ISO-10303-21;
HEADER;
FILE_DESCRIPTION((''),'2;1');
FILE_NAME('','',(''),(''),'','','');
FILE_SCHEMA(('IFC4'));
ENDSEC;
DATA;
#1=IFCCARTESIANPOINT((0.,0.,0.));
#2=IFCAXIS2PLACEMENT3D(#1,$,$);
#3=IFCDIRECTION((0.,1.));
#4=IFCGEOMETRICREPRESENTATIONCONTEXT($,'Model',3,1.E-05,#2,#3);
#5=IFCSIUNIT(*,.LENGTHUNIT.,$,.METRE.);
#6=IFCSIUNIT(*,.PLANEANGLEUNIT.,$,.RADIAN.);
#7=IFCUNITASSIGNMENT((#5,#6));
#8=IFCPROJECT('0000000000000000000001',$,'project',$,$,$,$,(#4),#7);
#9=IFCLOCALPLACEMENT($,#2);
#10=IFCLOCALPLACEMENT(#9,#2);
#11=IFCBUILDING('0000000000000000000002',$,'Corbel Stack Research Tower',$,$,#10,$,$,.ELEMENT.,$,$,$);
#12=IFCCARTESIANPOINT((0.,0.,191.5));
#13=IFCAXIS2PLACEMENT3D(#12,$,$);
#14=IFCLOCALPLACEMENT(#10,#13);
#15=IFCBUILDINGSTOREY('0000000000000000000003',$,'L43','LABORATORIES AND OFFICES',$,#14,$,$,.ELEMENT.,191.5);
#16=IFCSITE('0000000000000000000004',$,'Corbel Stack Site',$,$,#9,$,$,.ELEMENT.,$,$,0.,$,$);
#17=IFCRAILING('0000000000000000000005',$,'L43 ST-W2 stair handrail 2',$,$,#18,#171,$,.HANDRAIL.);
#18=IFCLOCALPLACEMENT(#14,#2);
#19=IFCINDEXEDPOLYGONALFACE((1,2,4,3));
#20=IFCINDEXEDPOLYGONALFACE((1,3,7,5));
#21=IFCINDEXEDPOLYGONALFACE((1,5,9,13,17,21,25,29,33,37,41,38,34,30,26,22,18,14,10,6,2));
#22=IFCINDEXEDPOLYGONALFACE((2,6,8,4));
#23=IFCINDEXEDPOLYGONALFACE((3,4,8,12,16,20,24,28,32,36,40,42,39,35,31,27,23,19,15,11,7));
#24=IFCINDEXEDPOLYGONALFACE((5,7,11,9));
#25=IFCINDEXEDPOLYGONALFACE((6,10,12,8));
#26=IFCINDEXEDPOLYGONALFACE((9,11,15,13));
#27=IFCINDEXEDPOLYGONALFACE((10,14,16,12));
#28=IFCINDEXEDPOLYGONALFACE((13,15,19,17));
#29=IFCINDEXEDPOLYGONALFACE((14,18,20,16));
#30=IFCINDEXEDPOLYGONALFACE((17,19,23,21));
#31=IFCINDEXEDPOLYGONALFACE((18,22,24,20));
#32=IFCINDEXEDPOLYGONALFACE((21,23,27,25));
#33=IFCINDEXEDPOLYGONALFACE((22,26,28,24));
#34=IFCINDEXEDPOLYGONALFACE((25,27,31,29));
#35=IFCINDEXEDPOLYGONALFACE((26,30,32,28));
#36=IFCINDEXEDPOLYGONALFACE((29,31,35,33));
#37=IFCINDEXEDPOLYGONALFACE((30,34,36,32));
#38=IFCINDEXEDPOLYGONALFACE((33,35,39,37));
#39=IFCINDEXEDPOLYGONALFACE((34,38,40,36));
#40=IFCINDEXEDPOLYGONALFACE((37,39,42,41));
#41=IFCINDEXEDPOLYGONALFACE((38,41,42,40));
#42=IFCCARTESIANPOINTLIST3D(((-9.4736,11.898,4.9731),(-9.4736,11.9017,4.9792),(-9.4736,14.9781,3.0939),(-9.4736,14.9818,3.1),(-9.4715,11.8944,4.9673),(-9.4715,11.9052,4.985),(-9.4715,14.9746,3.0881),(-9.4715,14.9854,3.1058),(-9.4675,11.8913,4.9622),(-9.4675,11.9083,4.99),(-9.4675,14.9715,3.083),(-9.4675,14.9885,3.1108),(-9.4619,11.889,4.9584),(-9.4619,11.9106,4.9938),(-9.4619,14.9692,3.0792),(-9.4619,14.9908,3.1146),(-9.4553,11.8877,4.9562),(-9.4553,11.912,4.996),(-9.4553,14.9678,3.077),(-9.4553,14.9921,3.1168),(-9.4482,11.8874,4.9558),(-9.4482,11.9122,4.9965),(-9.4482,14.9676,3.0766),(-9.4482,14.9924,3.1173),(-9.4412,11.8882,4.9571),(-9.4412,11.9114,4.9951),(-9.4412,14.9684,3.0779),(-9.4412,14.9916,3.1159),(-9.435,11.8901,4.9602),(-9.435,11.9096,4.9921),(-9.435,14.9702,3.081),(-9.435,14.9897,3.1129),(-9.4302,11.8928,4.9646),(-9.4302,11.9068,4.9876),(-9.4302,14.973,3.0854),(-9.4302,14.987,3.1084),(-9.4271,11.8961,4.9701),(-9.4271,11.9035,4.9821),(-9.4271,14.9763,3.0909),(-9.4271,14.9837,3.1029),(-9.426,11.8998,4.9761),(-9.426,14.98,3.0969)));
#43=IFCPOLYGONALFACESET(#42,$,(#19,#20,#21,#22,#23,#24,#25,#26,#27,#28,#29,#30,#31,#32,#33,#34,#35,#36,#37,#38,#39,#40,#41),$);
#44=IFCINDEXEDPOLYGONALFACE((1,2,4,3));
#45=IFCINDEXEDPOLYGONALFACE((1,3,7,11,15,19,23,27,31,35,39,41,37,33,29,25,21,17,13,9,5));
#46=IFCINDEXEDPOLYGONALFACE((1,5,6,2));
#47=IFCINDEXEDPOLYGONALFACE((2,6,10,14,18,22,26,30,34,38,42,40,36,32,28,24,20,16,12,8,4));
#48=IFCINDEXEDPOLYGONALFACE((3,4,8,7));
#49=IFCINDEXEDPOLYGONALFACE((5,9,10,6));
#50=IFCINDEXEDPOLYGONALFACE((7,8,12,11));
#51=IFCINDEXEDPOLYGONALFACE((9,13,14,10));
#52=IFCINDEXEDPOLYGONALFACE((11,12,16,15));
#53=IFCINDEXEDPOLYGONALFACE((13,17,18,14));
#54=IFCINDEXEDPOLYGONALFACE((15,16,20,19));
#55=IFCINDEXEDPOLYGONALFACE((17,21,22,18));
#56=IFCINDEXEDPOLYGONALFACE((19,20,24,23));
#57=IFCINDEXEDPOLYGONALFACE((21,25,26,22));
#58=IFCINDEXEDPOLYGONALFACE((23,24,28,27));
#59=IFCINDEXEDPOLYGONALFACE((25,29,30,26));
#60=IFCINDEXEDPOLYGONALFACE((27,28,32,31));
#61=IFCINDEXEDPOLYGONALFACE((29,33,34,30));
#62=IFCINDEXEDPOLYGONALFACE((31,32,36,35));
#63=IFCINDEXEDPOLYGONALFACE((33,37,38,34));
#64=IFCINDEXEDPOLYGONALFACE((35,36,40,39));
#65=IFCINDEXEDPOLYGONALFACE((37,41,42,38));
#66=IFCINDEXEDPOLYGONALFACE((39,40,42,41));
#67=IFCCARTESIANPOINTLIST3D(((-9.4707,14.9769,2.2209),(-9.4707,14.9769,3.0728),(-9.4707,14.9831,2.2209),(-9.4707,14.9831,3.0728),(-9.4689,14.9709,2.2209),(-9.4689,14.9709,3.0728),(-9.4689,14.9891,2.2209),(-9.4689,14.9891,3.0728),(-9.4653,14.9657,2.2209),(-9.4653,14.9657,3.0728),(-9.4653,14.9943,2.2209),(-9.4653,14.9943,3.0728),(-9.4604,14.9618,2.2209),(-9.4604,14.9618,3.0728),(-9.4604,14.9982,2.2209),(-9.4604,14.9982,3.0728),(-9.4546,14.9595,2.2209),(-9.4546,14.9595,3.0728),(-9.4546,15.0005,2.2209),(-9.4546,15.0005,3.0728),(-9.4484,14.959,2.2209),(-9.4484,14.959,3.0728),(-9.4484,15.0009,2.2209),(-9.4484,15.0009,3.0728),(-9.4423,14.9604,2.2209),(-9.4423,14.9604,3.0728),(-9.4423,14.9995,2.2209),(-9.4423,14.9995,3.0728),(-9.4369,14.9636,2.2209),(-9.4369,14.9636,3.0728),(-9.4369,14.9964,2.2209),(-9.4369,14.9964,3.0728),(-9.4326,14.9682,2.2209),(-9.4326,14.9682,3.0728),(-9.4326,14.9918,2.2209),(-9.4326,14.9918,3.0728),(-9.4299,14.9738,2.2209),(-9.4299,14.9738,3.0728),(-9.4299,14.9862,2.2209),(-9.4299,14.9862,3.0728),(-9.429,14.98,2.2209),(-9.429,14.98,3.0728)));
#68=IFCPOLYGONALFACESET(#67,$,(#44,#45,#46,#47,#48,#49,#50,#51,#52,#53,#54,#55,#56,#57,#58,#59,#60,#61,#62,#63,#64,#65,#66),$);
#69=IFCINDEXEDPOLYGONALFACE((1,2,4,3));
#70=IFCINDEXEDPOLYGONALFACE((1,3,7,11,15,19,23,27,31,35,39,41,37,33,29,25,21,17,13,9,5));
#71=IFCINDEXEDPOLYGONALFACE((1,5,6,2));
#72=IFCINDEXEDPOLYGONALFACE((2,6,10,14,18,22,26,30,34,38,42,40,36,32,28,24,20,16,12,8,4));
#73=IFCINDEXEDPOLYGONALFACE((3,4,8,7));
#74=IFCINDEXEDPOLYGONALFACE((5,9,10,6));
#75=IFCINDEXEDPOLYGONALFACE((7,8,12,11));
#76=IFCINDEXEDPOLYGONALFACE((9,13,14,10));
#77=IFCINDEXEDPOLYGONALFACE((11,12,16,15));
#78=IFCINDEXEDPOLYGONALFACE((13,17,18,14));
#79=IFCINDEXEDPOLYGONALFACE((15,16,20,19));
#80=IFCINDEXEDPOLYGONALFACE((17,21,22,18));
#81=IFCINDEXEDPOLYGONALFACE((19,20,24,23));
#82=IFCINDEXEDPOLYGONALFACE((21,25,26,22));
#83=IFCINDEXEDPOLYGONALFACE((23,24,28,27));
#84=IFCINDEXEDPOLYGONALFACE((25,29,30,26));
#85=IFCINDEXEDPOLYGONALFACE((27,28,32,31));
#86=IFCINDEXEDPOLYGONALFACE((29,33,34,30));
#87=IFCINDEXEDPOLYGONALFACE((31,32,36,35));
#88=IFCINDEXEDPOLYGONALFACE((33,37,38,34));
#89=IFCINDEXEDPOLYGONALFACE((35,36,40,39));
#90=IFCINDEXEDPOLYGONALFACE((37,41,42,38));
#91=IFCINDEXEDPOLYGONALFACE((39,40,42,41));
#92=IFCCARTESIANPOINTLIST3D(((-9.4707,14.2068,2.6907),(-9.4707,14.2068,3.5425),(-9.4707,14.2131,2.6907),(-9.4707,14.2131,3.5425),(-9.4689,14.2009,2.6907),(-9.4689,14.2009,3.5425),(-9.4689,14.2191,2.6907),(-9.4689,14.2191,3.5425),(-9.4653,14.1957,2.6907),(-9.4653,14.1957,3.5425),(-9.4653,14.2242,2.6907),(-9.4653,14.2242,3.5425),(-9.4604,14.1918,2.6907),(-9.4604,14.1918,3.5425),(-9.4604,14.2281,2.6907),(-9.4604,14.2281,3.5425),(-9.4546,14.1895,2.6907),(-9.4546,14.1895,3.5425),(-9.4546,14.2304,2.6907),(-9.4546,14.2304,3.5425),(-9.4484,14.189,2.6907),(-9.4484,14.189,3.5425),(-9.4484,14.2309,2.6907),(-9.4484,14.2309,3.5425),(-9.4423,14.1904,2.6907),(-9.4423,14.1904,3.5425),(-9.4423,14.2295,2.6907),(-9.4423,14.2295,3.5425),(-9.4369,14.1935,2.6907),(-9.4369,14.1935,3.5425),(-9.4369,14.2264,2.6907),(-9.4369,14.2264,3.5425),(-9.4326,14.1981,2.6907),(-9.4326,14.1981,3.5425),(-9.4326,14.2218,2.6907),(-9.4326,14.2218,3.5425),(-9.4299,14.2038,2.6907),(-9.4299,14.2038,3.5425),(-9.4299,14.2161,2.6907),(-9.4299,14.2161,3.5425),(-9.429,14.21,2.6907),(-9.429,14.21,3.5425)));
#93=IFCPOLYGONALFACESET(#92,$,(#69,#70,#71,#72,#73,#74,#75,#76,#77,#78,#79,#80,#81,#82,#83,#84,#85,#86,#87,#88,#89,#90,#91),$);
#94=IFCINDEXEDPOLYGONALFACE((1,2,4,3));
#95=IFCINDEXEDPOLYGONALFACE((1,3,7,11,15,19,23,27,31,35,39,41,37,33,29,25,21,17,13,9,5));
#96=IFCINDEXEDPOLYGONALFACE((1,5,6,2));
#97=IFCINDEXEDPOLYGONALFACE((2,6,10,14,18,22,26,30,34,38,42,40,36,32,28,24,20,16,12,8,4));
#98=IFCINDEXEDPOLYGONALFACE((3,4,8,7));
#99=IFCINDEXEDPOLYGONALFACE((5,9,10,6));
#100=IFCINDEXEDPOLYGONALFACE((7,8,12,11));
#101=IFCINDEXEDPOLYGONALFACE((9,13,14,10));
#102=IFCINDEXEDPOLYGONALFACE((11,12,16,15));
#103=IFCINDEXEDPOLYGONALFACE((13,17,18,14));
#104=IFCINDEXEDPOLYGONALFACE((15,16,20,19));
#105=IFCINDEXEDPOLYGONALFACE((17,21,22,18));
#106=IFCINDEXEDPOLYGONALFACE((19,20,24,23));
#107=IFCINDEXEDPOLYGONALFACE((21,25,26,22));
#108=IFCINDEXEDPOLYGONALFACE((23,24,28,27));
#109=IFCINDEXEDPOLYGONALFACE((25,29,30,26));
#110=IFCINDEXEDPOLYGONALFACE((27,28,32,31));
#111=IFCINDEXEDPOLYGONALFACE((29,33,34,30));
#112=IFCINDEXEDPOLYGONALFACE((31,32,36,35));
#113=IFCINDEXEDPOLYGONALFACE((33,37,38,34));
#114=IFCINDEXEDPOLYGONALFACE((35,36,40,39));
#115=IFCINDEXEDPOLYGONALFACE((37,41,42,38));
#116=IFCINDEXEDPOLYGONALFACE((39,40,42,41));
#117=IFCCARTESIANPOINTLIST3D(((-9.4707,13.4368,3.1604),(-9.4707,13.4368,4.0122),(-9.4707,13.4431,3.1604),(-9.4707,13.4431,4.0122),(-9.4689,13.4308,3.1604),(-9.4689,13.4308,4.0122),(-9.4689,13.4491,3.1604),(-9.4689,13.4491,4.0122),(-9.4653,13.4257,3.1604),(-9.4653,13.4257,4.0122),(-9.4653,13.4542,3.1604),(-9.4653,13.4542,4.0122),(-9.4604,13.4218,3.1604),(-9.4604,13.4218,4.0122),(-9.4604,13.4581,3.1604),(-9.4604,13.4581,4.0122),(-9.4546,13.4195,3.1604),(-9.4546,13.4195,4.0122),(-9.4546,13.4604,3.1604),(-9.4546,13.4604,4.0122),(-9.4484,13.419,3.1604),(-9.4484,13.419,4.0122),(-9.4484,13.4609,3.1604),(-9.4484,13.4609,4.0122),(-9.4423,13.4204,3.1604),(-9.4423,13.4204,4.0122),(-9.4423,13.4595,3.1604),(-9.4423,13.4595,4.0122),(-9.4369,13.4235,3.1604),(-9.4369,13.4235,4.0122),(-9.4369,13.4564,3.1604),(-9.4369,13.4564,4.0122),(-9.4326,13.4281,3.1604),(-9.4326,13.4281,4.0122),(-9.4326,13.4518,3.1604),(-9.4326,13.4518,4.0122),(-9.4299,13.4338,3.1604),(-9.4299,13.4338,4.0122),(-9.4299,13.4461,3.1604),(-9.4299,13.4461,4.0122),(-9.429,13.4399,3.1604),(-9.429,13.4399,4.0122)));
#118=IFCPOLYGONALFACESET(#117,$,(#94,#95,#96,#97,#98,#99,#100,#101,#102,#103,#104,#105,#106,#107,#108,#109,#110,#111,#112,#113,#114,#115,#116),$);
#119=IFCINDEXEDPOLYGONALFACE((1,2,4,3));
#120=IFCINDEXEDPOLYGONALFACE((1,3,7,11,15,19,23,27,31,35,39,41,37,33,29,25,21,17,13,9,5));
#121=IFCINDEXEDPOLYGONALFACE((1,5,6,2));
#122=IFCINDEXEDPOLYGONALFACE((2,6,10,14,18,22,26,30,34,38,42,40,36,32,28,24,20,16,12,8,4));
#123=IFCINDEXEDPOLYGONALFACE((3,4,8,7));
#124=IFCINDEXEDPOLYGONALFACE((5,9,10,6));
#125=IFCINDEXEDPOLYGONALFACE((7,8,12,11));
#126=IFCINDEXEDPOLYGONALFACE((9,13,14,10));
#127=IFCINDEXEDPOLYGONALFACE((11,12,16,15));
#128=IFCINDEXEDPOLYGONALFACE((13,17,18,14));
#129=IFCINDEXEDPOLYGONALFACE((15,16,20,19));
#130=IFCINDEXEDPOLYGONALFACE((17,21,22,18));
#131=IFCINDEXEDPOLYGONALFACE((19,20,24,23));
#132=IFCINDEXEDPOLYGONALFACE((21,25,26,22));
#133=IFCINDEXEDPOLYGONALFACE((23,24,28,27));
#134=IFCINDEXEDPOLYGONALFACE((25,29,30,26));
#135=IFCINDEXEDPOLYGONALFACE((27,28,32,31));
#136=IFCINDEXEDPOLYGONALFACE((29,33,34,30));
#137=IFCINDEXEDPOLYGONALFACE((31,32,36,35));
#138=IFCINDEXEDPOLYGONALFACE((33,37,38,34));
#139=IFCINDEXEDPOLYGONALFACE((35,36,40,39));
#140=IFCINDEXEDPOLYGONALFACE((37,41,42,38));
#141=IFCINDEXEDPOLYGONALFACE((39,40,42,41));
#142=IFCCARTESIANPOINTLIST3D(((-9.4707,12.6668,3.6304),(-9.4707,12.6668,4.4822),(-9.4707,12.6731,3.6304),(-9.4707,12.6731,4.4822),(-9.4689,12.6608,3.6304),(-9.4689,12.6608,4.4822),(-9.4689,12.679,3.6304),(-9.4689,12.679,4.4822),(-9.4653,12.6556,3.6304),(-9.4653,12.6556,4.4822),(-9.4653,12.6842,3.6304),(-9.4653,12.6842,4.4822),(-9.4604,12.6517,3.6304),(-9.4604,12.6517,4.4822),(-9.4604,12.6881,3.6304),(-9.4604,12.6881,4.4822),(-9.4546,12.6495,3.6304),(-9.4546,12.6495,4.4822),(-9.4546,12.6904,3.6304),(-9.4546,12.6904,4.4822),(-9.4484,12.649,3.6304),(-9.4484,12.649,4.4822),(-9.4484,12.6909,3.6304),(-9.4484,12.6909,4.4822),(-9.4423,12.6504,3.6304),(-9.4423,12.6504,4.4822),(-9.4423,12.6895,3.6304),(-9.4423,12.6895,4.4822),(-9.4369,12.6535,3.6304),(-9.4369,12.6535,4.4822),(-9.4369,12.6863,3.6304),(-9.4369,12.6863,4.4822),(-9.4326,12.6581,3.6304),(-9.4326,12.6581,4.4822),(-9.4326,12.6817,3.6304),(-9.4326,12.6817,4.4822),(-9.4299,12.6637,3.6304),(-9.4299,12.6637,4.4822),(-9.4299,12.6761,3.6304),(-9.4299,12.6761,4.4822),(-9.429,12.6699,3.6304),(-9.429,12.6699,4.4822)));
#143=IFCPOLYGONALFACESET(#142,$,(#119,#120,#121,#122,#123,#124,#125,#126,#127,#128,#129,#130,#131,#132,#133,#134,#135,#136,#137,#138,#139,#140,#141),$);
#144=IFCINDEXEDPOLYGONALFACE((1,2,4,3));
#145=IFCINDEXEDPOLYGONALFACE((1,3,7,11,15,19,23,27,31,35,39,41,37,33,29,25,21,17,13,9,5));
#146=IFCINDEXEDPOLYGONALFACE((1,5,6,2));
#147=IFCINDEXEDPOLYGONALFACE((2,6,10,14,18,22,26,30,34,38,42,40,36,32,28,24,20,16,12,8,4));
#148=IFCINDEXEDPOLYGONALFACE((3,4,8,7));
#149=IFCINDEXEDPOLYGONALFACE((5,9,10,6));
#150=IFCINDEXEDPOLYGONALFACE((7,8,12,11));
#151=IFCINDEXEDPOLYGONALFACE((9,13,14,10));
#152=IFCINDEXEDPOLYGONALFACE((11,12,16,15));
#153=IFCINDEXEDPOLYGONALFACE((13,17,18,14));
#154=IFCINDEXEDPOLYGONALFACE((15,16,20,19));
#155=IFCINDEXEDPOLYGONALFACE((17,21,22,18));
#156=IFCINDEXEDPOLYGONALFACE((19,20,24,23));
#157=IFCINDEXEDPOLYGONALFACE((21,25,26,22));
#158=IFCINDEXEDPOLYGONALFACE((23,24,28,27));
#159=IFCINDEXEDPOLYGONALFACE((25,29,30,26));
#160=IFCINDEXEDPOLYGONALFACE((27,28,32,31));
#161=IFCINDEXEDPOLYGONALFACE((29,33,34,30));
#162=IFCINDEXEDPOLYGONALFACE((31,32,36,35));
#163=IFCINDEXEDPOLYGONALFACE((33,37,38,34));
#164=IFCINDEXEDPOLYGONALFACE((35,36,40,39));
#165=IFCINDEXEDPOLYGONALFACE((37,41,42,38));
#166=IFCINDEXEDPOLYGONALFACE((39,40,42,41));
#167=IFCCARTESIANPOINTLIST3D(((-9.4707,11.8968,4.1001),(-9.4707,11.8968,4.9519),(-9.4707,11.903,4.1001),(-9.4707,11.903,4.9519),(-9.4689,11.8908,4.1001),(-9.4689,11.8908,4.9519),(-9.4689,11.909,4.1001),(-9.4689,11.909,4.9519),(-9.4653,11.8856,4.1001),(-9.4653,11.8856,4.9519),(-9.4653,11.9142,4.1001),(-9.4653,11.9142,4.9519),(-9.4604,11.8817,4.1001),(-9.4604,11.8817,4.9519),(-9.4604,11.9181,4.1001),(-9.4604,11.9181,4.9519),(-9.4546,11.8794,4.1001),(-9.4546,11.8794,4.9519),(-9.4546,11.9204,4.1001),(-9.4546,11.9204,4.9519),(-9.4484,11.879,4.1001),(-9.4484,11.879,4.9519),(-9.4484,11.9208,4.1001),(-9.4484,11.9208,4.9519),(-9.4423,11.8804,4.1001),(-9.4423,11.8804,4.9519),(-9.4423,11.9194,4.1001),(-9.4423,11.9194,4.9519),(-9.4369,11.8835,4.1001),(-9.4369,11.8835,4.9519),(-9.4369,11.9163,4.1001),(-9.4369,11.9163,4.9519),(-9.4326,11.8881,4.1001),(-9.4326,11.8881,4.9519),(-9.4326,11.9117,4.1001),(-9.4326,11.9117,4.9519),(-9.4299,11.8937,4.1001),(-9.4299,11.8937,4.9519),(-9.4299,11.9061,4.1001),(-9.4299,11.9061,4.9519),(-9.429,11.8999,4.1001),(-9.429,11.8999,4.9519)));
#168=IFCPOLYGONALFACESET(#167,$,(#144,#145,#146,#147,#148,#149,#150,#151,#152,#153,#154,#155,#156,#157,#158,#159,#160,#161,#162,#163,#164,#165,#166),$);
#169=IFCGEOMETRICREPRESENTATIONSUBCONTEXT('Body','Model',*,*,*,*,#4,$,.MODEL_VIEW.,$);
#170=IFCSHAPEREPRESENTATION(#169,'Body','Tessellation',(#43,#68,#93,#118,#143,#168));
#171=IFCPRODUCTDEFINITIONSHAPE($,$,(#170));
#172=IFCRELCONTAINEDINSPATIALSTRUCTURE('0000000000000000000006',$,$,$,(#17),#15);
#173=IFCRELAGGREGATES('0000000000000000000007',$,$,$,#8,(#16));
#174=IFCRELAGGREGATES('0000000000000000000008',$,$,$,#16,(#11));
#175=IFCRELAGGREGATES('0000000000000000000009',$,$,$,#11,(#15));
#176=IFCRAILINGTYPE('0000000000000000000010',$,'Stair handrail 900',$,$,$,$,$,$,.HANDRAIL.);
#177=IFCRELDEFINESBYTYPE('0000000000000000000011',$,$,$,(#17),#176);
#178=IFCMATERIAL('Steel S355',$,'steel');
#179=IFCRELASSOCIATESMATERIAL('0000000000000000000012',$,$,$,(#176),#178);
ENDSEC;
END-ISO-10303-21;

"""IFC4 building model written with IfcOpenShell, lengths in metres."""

from ifc_helpers import new_model, si_unit, direction, frame, origin, origin_2d, place, context, subcontext, project, spatial, circle, extrude, material, type_object, element, save


model = new_model("IFC4")

# Units and contexts
model_context = context("Model", 3, precision=1e-05, world=origin(), true_north=direction((0.0, 1.0)))
body_context = subcontext(model_context, "Body", "Model", "MODEL_VIEW")
ifc_project = project(units=[si_unit("LENGTHUNIT", "METRE"), si_unit("PLANEANGLEUNIT", "RADIAN")], contexts=[model_context])

# Site, building, storey
site_placement = place(None, origin())
site = spatial("IfcSite", under=ifc_project, at=site_placement, Name="Corbel Stack Site", CompositionType="ELEMENT", RefElevation=0.0)
building_placement = place(site_placement, origin())
building = spatial("IfcBuilding", under=site, at=building_placement, Name="Corbel Stack Research Tower", CompositionType="ELEMENT")
storey_placement = place(building_placement, frame((0.0, 0.0, 191.5)))
storey = spatial("IfcBuildingStorey", under=building, at=storey_placement, Name="L43", Description="LABORATORIES AND OFFICES", CompositionType="ELEMENT", Elevation=191.5)

# Railing
ifc_material_1 = material(Name="Steel S355", Category="steel")
railing_type_1 = type_object("IfcRailingType", Name="Stair handrail 900", PredefinedType="HANDRAIL", material=ifc_material_1)
railing_1_placement = place(storey_placement, frame((-9.45, 14.98, 2.2209)))
element("IfcRailing", 1, at=railing_1_placement, inside=storey, type_object=railing_type_1, Name="L43 ST-W2 stair handrail 2", PredefinedType="HANDRAIL", context=body_context, shape_type="SweptSolid", body=[
    extrude(circle(Radius=0.0239, at=origin_2d()), frame((0.0, 0.0, 0.876), z_axis=(0.0, -0.853666, 0.52082), x_axis=(1.0, 0.0, 0.0)), (0.0, 0.0, 1.0), 3.6082),
    extrude(circle(Radius=0.021, at=origin_2d()), origin(), (0.0, 0.0, 1.0), 0.8518),
    extrude(circle(Radius=0.021, at=origin_2d()), frame((0.0, -0.77, 0.4697)), (0.0, 0.0, 1.0), 0.8518),
    extrude(circle(Radius=0.021, at=origin_2d()), frame((0.0, -1.54, 0.9395)), (0.0, 0.0, 1.0), 0.8518),
    extrude(circle(Radius=0.021, at=origin_2d()), frame((0.0, -2.3101, 1.4094)), (0.0, 0.0, 1.0), 0.8518),
    extrude(circle(Radius=0.021, at=origin_2d()), frame((0.0, -3.0801, 1.8792)), (0.0, 0.0, 1.0), 0.8518),
])

save(model, "model.ifc")
